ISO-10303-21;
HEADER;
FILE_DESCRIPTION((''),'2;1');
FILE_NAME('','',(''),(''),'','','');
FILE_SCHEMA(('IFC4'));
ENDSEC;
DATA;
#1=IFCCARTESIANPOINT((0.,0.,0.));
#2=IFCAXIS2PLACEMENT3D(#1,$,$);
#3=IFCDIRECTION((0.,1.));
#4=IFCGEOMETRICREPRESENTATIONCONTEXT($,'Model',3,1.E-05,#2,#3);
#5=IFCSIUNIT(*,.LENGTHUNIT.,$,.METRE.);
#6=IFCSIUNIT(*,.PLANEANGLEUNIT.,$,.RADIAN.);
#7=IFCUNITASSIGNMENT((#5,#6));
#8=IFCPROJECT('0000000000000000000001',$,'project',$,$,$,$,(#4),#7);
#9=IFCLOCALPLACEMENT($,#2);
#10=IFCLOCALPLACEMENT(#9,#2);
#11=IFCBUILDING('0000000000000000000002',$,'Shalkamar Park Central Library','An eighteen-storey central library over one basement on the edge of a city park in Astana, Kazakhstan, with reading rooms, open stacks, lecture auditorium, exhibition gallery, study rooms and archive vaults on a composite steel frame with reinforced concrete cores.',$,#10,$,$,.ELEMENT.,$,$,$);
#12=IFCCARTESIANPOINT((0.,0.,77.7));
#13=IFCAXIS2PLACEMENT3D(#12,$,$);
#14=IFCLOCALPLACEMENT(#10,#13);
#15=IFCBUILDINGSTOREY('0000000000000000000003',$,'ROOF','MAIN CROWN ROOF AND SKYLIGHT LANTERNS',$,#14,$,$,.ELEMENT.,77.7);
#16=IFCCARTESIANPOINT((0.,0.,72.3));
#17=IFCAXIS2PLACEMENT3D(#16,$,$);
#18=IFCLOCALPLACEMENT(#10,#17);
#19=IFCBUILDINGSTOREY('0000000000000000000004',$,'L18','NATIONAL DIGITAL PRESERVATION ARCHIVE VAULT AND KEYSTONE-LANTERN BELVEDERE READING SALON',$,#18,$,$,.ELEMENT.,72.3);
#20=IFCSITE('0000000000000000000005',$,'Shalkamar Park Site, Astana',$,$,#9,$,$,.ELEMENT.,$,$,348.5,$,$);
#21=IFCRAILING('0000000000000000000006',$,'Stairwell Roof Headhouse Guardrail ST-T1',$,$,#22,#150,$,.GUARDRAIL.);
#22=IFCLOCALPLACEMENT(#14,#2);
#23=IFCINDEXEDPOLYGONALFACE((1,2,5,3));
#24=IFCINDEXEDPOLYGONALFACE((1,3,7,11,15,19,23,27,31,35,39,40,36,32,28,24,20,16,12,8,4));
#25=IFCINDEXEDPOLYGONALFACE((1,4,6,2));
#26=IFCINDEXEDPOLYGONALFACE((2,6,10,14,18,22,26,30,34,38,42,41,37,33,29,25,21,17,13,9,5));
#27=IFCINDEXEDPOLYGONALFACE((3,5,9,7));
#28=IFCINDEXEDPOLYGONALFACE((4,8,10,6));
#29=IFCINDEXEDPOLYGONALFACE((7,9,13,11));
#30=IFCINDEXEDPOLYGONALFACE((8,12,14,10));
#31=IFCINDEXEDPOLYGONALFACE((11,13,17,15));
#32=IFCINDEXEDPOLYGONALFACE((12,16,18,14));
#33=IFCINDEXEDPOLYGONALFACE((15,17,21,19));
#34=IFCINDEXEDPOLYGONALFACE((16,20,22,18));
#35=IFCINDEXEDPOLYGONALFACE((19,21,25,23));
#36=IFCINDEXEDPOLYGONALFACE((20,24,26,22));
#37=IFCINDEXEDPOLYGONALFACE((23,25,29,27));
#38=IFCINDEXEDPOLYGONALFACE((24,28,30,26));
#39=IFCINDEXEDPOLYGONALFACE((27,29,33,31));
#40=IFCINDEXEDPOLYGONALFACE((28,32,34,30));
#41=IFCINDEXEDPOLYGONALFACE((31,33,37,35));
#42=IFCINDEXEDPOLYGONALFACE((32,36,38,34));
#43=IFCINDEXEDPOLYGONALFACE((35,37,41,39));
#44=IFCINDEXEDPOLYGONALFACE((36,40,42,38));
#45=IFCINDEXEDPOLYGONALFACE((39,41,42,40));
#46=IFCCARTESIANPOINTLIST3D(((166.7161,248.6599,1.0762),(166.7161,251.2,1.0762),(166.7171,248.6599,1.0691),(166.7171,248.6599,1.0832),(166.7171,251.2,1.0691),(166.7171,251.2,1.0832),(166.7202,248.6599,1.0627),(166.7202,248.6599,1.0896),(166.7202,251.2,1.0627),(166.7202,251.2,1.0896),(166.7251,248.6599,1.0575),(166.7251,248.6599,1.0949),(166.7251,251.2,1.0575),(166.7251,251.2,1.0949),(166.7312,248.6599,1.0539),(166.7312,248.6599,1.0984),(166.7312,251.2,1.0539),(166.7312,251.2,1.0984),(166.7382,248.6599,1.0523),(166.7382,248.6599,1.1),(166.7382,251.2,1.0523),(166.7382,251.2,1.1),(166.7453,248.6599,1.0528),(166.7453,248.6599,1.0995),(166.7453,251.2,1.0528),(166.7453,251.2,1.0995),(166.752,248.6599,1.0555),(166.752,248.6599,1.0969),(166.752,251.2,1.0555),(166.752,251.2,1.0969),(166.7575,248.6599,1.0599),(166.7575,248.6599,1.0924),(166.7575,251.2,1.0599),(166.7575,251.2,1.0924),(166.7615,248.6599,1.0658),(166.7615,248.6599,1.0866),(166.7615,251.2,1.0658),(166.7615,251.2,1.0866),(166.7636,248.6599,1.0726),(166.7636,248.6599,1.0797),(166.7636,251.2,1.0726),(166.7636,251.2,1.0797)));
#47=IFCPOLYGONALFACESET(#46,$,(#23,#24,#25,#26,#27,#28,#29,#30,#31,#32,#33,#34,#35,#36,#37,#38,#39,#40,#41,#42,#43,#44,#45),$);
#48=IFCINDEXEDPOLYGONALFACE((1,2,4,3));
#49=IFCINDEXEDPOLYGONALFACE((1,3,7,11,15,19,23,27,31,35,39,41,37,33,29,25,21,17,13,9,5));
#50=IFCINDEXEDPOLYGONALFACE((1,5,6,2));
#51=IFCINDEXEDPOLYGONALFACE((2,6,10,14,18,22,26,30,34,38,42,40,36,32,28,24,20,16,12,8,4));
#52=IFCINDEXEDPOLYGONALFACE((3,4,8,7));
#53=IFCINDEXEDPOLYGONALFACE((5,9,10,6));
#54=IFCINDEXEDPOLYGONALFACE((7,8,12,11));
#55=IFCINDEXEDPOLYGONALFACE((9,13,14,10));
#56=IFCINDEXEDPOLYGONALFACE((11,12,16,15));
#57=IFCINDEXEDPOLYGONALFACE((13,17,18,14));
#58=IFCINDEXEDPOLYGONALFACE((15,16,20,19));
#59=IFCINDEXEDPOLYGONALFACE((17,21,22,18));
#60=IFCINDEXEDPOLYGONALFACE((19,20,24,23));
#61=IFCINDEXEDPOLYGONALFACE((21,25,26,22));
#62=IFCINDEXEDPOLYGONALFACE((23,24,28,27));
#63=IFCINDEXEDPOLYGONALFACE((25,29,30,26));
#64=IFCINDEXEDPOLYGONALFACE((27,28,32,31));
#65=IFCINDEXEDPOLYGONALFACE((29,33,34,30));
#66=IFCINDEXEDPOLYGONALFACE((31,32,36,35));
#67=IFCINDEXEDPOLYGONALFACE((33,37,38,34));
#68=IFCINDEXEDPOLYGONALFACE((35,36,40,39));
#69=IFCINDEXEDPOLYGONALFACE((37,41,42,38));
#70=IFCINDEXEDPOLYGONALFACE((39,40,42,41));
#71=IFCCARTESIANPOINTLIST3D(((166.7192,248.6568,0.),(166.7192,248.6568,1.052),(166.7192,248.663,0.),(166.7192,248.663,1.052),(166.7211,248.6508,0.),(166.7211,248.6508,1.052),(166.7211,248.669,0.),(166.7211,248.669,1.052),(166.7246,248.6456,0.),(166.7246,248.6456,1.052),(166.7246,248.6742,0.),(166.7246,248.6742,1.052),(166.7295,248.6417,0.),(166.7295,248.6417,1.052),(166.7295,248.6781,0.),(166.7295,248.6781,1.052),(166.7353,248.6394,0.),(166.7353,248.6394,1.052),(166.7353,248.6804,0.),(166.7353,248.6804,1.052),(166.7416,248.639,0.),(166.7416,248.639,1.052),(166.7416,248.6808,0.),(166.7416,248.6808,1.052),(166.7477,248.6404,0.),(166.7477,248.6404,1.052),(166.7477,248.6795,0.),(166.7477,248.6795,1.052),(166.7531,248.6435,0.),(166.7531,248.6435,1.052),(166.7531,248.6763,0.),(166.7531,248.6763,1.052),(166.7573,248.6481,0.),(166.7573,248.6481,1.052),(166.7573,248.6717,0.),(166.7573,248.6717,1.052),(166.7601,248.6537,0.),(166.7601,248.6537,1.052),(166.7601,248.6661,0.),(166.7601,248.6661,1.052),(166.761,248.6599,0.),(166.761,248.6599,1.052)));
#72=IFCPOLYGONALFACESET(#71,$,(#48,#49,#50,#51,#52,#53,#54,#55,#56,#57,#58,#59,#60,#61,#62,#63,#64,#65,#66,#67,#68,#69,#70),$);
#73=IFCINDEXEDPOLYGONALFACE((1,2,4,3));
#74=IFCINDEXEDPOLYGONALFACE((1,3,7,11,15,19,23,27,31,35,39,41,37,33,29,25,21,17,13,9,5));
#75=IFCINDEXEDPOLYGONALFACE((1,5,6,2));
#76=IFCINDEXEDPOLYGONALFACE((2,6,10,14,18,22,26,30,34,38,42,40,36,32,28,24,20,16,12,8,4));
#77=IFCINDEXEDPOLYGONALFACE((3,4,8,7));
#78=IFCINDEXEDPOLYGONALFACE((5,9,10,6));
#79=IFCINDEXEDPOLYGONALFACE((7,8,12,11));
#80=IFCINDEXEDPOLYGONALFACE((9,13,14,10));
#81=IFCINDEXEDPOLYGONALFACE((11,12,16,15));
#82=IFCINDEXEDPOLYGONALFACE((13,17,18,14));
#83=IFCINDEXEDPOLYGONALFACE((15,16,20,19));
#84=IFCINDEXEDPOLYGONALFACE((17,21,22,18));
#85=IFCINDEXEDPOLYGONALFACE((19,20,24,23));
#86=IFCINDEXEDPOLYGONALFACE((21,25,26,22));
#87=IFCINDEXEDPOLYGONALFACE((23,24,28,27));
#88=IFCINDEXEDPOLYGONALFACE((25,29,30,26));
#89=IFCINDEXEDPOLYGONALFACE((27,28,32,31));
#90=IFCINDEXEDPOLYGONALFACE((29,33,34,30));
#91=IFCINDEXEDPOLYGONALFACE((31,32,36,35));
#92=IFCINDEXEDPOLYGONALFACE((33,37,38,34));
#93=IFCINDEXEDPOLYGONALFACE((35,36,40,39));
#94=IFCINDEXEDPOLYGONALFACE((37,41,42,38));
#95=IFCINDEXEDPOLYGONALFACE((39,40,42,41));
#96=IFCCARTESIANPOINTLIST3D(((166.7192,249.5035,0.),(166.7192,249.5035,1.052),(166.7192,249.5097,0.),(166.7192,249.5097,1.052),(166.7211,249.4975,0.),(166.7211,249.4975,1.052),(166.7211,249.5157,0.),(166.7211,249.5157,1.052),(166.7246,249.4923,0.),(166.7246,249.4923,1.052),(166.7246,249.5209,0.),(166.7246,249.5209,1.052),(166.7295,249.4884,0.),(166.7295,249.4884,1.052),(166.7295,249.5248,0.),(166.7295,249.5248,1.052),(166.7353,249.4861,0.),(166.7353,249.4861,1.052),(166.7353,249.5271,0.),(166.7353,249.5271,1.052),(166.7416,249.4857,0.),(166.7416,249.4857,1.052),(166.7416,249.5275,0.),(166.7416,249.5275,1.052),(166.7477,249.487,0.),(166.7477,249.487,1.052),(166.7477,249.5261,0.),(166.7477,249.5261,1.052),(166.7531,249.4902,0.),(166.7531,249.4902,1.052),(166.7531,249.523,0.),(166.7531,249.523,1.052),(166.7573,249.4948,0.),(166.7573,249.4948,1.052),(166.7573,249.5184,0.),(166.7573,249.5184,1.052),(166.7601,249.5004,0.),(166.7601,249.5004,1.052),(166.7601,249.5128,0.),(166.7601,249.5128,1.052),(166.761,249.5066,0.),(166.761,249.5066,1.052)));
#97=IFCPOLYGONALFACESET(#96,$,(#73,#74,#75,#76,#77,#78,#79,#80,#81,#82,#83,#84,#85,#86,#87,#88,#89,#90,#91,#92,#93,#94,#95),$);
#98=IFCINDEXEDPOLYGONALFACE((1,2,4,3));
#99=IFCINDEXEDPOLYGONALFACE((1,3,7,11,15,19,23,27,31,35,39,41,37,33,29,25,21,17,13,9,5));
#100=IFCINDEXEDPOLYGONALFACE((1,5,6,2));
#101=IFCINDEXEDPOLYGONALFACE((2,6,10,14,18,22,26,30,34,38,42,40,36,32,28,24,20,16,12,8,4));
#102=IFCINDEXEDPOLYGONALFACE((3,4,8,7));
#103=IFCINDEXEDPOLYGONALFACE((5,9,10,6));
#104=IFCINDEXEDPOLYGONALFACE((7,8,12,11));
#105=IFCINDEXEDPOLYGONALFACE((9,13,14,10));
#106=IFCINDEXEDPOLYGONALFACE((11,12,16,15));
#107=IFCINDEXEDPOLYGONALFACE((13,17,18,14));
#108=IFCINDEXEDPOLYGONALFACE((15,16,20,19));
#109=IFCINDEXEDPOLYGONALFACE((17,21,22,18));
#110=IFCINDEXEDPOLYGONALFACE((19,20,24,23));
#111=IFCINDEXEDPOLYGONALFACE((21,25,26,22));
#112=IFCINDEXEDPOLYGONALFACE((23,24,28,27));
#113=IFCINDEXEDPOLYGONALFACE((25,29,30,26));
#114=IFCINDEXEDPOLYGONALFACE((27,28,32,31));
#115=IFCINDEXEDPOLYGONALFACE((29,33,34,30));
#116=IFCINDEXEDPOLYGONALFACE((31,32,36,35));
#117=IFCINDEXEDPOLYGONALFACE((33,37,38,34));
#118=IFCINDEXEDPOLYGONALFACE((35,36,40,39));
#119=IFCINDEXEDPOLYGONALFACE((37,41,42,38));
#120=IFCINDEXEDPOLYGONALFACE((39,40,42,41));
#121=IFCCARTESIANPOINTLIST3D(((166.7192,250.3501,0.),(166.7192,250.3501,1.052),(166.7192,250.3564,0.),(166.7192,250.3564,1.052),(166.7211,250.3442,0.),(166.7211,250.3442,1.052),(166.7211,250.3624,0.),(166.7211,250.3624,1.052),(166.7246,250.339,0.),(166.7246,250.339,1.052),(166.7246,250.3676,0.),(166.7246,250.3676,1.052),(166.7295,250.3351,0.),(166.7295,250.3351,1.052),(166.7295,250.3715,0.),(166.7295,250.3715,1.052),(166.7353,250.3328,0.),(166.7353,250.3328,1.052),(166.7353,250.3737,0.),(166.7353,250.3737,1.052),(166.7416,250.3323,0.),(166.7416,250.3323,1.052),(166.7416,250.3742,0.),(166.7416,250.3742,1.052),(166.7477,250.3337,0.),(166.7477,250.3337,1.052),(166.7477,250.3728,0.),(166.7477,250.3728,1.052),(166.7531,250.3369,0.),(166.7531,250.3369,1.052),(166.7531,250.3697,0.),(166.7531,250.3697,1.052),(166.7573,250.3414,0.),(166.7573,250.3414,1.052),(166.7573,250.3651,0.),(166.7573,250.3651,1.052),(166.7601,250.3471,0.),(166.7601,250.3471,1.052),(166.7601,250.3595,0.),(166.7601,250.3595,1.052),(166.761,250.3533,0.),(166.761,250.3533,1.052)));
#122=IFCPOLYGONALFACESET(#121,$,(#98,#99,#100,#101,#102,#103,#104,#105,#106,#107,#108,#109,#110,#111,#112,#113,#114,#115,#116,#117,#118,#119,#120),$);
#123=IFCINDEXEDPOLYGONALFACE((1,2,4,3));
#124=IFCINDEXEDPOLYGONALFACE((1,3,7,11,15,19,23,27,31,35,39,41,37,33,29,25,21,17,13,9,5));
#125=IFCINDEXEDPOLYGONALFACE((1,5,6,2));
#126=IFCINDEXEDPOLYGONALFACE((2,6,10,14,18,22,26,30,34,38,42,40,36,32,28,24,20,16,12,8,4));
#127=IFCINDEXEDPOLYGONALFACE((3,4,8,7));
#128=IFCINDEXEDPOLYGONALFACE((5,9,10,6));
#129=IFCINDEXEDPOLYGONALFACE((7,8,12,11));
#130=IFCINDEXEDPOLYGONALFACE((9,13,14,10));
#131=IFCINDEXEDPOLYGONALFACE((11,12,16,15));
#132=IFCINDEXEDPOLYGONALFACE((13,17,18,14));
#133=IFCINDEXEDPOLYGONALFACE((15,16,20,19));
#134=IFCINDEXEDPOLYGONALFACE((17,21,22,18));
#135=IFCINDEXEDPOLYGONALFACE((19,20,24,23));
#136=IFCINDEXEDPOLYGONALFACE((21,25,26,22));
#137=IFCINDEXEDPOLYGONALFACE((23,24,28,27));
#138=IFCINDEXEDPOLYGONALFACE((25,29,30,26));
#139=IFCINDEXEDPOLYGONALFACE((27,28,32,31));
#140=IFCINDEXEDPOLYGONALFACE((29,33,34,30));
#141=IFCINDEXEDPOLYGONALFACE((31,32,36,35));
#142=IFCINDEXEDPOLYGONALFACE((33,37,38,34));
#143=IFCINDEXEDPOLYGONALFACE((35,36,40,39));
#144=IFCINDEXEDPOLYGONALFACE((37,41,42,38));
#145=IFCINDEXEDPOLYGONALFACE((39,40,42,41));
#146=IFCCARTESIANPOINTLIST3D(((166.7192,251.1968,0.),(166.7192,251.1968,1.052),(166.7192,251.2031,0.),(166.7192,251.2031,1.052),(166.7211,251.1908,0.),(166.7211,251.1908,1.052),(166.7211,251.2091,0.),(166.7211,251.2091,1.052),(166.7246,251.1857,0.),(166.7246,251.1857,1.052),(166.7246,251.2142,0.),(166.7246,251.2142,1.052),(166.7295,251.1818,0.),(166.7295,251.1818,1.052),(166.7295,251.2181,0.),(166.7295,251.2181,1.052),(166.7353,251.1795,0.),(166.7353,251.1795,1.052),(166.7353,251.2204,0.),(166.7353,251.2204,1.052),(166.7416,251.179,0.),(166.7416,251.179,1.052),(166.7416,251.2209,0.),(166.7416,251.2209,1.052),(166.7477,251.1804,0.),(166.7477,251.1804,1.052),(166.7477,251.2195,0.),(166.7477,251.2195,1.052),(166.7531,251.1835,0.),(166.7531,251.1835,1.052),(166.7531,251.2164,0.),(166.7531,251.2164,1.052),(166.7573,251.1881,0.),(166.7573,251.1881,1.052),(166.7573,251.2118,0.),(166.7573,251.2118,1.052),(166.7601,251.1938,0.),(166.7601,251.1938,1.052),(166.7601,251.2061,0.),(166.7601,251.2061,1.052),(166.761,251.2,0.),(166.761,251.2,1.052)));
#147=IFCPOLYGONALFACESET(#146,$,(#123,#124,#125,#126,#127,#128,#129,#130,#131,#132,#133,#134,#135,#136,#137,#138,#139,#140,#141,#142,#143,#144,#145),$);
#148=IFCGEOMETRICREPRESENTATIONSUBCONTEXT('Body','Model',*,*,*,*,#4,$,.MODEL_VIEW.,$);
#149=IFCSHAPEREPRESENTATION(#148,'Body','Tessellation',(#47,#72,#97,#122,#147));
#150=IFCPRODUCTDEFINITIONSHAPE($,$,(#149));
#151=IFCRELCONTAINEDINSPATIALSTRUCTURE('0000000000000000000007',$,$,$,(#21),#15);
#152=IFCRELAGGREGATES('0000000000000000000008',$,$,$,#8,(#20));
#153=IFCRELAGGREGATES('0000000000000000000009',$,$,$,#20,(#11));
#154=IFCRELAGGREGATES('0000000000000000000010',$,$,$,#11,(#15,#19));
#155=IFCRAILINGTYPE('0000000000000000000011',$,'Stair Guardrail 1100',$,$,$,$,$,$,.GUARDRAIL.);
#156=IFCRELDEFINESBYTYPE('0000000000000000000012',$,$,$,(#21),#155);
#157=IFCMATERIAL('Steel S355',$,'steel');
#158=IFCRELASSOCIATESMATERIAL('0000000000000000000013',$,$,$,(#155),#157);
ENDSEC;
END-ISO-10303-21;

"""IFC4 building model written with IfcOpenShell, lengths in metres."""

from ifc_helpers import new_model, si_unit, direction, frame, origin, origin_2d, place, context, subcontext, project, spatial, circle, extrude, material, type_object, element, save


model = new_model("IFC4")

# Units and contexts
model_context = context("Model", 3, precision=1e-05, world=origin(), true_north=direction((0.0, 1.0)))
body_context = subcontext(model_context, "Body", "Model", "MODEL_VIEW")
ifc_project = project(units=[si_unit("LENGTHUNIT", "METRE"), si_unit("PLANEANGLEUNIT", "RADIAN")], contexts=[model_context])

# Site, building, storey
site_placement = place(None, origin())
site = spatial("IfcSite", under=ifc_project, at=site_placement, Name="Shalkamar Park Site, Astana", CompositionType="ELEMENT", RefElevation=348.5)
building_placement = place(site_placement, origin())
building = spatial("IfcBuilding", under=site, at=building_placement, Name="Shalkamar Park Central Library", Description="An eighteen-storey central library over one basement on the edge of a city park in Astana, Kazakhstan, with reading rooms, open stacks, lecture auditorium, exhibition gallery, study rooms and archive vaults on a composite steel frame with reinforced concrete cores.", CompositionType="ELEMENT")
storey_1_placement = place(building_placement, frame((0.0, 0.0, 77.7)))
storey_1 = spatial("IfcBuildingStorey", under=building, at=storey_1_placement, Name="ROOF", Description="MAIN CROWN ROOF AND SKYLIGHT LANTERNS", CompositionType="ELEMENT", Elevation=77.7)

# Shared definitions
ifc_material_1 = material(Name="Steel S355", Category="steel")

# Shared definitions
storey_2_placement = place(building_placement, frame((0.0, 0.0, 72.3)))
storey_2 = spatial("IfcBuildingStorey", under=building, at=storey_2_placement, Name="L18", Description="NATIONAL DIGITAL PRESERVATION ARCHIVE VAULT AND KEYSTONE-LANTERN BELVEDERE READING SALON", CompositionType="ELEMENT", Elevation=72.3)

# Railing
railing_type = type_object("IfcRailingType", Name="Stair Guardrail 1100", PredefinedType="GUARDRAIL", material=ifc_material_1)
for number, where, name in (
    (1, (166.74, 248.6599, 0.0), "Stairwell Roof Headhouse Guardrail ST-T1"),
):
    element("IfcRailing", number, at=place(storey_1_placement, frame(where)), inside=storey_1, type_object=railing_type, Name=name, PredefinedType="GUARDRAIL", context=body_context, shape_type="SweptSolid", body=[
        extrude(circle(Radius=0.0239, at=origin_2d()), frame((0.0, 0.0, 1.0762), z_axis=(0.0, 1.0, 0.0), x_axis=(-1.0, 0.0, 0.0)), (0.0, 0.0, 1.0), 2.54),
        extrude(circle(Radius=0.021, at=origin_2d()), origin(), (0.0, 0.0, 1.0), 1.052),
        extrude(circle(Radius=0.021, at=origin_2d()), frame((0.0, 0.8467, 0.0)), (0.0, 0.0, 1.0), 1.052),
        extrude(circle(Radius=0.021, at=origin_2d()), frame((0.0, 1.6934, 0.0)), (0.0, 0.0, 1.0), 1.052),
        extrude(circle(Radius=0.021, at=origin_2d()), frame((0.0, 2.54, 0.0)), (0.0, 0.0, 1.0), 1.052),
    ])

save(model, "model.ifc")
